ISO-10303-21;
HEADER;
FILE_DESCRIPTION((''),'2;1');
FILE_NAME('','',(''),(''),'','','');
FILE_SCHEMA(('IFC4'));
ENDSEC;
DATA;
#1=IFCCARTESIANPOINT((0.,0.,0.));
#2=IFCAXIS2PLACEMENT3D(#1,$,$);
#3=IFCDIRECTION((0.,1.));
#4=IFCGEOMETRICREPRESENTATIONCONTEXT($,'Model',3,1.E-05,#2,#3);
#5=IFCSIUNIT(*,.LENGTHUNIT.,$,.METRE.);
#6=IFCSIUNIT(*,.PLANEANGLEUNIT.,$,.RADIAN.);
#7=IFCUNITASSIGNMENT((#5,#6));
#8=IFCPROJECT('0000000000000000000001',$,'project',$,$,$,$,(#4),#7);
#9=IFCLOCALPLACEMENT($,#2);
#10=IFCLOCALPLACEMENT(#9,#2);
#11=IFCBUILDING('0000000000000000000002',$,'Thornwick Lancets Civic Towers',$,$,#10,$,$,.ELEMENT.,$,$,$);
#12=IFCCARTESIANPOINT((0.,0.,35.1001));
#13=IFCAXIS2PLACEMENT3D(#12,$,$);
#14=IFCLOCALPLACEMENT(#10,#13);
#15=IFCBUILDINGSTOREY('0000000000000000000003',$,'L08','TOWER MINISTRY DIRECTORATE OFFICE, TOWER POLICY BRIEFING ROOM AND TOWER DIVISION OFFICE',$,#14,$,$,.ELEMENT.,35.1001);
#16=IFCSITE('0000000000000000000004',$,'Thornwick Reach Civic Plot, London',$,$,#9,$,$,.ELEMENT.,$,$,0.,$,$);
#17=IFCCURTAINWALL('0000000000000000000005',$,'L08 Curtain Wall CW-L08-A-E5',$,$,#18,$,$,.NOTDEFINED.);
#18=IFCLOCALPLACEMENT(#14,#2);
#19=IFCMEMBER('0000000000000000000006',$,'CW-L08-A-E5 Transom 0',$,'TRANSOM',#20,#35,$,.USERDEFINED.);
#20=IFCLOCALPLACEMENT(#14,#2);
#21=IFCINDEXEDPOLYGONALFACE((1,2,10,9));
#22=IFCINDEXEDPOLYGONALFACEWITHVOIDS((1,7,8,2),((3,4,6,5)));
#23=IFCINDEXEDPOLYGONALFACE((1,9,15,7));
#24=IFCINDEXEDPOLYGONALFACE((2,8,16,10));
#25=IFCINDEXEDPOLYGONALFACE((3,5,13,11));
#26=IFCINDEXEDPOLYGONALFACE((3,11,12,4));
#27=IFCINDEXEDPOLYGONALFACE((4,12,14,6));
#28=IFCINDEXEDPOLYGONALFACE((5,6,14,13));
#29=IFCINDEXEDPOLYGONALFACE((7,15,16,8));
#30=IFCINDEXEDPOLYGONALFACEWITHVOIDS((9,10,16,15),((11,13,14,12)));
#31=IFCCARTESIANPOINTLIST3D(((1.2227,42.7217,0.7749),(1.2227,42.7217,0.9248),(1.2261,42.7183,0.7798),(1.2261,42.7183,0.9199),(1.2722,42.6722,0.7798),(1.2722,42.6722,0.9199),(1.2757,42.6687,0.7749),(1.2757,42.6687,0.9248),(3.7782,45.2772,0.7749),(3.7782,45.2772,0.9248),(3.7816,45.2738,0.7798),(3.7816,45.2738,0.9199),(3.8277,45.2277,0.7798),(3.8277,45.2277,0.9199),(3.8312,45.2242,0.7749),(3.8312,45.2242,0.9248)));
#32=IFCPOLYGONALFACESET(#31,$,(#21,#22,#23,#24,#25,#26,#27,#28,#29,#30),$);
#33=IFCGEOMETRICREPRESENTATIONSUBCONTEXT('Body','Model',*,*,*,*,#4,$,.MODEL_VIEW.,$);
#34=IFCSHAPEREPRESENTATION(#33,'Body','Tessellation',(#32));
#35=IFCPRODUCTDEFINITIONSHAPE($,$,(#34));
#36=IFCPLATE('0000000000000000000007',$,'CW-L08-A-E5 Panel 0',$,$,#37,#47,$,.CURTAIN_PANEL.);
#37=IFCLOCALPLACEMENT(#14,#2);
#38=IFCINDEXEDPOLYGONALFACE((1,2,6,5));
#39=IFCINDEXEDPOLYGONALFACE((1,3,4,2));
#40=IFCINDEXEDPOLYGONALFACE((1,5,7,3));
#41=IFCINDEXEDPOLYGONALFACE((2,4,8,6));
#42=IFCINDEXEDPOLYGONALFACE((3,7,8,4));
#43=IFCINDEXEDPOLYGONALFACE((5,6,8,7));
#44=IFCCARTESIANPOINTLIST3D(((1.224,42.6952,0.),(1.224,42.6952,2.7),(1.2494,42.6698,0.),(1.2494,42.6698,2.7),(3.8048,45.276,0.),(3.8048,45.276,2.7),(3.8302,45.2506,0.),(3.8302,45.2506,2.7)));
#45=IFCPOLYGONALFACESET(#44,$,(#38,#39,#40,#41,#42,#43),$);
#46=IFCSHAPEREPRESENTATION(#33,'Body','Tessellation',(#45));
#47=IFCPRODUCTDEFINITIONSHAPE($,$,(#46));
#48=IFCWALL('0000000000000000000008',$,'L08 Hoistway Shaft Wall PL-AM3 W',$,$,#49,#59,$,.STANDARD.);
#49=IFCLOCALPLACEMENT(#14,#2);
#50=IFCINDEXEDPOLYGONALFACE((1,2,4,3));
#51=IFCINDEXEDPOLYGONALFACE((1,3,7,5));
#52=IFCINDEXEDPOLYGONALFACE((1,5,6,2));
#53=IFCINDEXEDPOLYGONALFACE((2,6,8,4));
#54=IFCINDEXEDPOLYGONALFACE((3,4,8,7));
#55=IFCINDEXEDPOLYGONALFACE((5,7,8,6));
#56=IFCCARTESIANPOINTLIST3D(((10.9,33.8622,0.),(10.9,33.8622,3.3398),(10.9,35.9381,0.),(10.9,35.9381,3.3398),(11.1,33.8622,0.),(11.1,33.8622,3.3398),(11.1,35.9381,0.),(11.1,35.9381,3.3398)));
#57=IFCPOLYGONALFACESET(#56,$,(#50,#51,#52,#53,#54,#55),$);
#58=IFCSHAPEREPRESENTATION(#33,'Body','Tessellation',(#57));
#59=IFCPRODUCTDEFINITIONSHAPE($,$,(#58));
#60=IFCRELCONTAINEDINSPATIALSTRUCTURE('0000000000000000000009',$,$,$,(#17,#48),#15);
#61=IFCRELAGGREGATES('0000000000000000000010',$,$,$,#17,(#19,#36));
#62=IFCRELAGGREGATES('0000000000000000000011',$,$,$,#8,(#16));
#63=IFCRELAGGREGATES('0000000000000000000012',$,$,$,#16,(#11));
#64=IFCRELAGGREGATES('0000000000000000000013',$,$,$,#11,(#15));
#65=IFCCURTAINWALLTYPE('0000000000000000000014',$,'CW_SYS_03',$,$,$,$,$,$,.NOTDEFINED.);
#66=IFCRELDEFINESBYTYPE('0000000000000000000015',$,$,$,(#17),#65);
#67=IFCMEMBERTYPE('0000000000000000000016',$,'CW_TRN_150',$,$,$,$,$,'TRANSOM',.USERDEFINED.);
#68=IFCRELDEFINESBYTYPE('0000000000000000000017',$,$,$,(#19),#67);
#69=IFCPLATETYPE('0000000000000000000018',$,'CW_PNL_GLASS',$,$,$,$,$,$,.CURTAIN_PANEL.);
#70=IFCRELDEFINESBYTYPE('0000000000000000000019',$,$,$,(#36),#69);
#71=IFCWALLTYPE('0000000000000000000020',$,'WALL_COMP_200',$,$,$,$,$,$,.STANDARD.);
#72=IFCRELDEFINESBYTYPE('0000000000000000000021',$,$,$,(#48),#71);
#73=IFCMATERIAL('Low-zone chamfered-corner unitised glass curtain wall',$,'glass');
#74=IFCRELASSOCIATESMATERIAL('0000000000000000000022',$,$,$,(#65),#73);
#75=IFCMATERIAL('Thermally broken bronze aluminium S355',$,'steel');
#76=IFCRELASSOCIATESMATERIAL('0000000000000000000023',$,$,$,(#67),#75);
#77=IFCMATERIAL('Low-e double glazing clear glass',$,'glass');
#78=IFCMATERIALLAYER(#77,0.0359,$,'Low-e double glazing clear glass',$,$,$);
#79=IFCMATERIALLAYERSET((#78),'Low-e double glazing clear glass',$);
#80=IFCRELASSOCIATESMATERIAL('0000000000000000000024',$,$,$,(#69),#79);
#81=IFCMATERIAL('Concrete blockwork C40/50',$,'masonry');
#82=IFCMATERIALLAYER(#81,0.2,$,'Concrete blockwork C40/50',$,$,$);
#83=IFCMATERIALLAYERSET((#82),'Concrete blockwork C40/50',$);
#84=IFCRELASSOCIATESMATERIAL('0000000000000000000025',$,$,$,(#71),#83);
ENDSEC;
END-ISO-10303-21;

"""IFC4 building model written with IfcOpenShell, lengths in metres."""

from ifc_helpers import new_model, si_unit, direction, frame, frame_2d, origin, origin_2d, place, context, subcontext, project, spatial, rectangle, hollow_rectangle, extrude, material, layer, layer_set, material_profile, profile_set, type_object, element, aggregate, save


model = new_model("IFC4")

# Units and contexts
model_context = context("Model", 3, precision=1e-05, world=origin(), true_north=direction((0.0, 1.0)))
body_context = subcontext(model_context, "Body", "Model", "MODEL_VIEW")
ifc_project = project(units=[si_unit("LENGTHUNIT", "METRE"), si_unit("PLANEANGLEUNIT", "RADIAN")], contexts=[model_context])

# Site, building, storey
site_placement = place(None, origin())
site = spatial("IfcSite", under=ifc_project, at=site_placement, Name="Thornwick Reach Civic Plot, London", CompositionType="ELEMENT", RefElevation=0.0)
building_placement = place(site_placement, origin())
building = spatial("IfcBuilding", under=site, at=building_placement, Name="Thornwick Lancets Civic Towers", CompositionType="ELEMENT")
storey_placement = place(building_placement, frame((0.0, 0.0, 35.1001)))
storey = spatial("IfcBuildingStorey", under=building, at=storey_placement, Name="L08", Description="TOWER MINISTRY DIRECTORATE OFFICE, TOWER POLICY BRIEFING ROOM AND TOWER DIVISION OFFICE", CompositionType="ELEMENT", Elevation=35.1001)

# Curtain wall, member, plate
ifc_material_1 = material(Name="Low-zone chamfered-corner unitised glass curtain wall", Category="glass")
curtain_wall_type = type_object("IfcCurtainWallType", Name="CW_SYS_03", PredefinedType="NOTDEFINED", material=ifc_material_1)
curtain_wall_placement = place(storey_placement, origin())
curtain_wall = element("IfcCurtainWall", 1, at=curtain_wall_placement, inside=storey, type_object=curtain_wall_type, Name="L08 Curtain Wall CW-L08-A-E5", PredefinedType="NOTDEFINED")
ifc_material_2 = material(Name="Thermally broken bronze aluminium S355", Category="steel")
ifc_material_profile_1 = material_profile(ifc_material_2, hollow_rectangle(XDim=0.075, YDim=0.1499, WallThickness=0.0049, at=origin_2d()), Name="RHS 150x75x5")
ifc_profile_set_1 = profile_set([ifc_material_profile_1], Name="Thermally broken bronze aluminium S355")
member_type_1 = type_object("IfcMemberType", Name="CW_TRN_150", ElementType="TRANSOM", PredefinedType="USERDEFINED", material=ifc_profile_set_1)
member_1_placement = place(storey_placement, frame((3.8047, 45.2507, 0.8499), z_axis=(-0.707107, -0.707107, 0.0), x_axis=(0.707107, -0.707107, 0.0)))
member_1 = element("IfcMember", 2, at=member_1_placement, type_object=member_type_1, Name="CW-L08-A-E5 Transom 0", ObjectType="TRANSOM", PredefinedType="USERDEFINED", context=body_context, shape_type="SweptSolid", body=[
    extrude(hollow_rectangle(XDim=0.075, YDim=0.1499, WallThickness=0.0049, at=origin_2d()), origin(), (0.0, 0.0, 1.0), 3.614),
])
ifc_material_3 = material(Name="Low-e double glazing clear glass", Category="glass")
ifc_layer_1 = layer(ifc_material_3, 0.0359, Name="Low-e double glazing clear glass")
ifc_layer_set_1 = layer_set([ifc_layer_1], Name="Low-e double glazing clear glass")
plate_type = type_object("IfcPlateType", Name="CW_PNL_GLASS", PredefinedType="CURTAIN_PANEL", material=ifc_layer_set_1)
plate_placement = place(storey_placement, frame((2.5271, 43.9729, 0.0), z_axis=(0.0, 0.0, 1.0), x_axis=(-0.707107, -0.707107, 0.0)))
plate = element("IfcPlate", 3, at=plate_placement, type_object=plate_type, Name="CW-L08-A-E5 Panel 0", PredefinedType="CURTAIN_PANEL", context=body_context, shape_type="SweptSolid", body=[
    extrude(rectangle(XDim=3.6499, YDim=0.0359, at=origin_2d()), origin(), (0.0, 0.0, 1.0), 2.7),
])
aggregate(curtain_wall, [member_1, plate])

# Wall
ifc_material_4 = material(Name="Concrete blockwork C40/50", Category="masonry")
ifc_layer_2 = layer(ifc_material_4, 0.2, Name="Concrete blockwork C40/50")
ifc_layer_set_2 = layer_set([ifc_layer_2], Name="Concrete blockwork C40/50")
wall_type_1 = type_object("IfcWallType", Name="WALL_COMP_200", PredefinedType="STANDARD", material=ifc_layer_set_2)
wall_1_placement = place(storey_placement, frame((11.0, 33.8621, 0.0), z_axis=(0.0, 0.0, 1.0), x_axis=(0.0, 1.0, 0.0)))
element("IfcWall", 4, at=wall_1_placement, inside=storey, type_object=wall_type_1, Name="L08 Hoistway Shaft Wall PL-AM3 W", PredefinedType="STANDARD", context=body_context, shape_type="SweptSolid", body=[
    extrude(rectangle(XDim=2.0759, YDim=0.2, at=frame_2d((1.0381, 0.0))), origin(), (0.0, 0.0, 1.0), 3.3398),
])

save(model, "model.ifc")
